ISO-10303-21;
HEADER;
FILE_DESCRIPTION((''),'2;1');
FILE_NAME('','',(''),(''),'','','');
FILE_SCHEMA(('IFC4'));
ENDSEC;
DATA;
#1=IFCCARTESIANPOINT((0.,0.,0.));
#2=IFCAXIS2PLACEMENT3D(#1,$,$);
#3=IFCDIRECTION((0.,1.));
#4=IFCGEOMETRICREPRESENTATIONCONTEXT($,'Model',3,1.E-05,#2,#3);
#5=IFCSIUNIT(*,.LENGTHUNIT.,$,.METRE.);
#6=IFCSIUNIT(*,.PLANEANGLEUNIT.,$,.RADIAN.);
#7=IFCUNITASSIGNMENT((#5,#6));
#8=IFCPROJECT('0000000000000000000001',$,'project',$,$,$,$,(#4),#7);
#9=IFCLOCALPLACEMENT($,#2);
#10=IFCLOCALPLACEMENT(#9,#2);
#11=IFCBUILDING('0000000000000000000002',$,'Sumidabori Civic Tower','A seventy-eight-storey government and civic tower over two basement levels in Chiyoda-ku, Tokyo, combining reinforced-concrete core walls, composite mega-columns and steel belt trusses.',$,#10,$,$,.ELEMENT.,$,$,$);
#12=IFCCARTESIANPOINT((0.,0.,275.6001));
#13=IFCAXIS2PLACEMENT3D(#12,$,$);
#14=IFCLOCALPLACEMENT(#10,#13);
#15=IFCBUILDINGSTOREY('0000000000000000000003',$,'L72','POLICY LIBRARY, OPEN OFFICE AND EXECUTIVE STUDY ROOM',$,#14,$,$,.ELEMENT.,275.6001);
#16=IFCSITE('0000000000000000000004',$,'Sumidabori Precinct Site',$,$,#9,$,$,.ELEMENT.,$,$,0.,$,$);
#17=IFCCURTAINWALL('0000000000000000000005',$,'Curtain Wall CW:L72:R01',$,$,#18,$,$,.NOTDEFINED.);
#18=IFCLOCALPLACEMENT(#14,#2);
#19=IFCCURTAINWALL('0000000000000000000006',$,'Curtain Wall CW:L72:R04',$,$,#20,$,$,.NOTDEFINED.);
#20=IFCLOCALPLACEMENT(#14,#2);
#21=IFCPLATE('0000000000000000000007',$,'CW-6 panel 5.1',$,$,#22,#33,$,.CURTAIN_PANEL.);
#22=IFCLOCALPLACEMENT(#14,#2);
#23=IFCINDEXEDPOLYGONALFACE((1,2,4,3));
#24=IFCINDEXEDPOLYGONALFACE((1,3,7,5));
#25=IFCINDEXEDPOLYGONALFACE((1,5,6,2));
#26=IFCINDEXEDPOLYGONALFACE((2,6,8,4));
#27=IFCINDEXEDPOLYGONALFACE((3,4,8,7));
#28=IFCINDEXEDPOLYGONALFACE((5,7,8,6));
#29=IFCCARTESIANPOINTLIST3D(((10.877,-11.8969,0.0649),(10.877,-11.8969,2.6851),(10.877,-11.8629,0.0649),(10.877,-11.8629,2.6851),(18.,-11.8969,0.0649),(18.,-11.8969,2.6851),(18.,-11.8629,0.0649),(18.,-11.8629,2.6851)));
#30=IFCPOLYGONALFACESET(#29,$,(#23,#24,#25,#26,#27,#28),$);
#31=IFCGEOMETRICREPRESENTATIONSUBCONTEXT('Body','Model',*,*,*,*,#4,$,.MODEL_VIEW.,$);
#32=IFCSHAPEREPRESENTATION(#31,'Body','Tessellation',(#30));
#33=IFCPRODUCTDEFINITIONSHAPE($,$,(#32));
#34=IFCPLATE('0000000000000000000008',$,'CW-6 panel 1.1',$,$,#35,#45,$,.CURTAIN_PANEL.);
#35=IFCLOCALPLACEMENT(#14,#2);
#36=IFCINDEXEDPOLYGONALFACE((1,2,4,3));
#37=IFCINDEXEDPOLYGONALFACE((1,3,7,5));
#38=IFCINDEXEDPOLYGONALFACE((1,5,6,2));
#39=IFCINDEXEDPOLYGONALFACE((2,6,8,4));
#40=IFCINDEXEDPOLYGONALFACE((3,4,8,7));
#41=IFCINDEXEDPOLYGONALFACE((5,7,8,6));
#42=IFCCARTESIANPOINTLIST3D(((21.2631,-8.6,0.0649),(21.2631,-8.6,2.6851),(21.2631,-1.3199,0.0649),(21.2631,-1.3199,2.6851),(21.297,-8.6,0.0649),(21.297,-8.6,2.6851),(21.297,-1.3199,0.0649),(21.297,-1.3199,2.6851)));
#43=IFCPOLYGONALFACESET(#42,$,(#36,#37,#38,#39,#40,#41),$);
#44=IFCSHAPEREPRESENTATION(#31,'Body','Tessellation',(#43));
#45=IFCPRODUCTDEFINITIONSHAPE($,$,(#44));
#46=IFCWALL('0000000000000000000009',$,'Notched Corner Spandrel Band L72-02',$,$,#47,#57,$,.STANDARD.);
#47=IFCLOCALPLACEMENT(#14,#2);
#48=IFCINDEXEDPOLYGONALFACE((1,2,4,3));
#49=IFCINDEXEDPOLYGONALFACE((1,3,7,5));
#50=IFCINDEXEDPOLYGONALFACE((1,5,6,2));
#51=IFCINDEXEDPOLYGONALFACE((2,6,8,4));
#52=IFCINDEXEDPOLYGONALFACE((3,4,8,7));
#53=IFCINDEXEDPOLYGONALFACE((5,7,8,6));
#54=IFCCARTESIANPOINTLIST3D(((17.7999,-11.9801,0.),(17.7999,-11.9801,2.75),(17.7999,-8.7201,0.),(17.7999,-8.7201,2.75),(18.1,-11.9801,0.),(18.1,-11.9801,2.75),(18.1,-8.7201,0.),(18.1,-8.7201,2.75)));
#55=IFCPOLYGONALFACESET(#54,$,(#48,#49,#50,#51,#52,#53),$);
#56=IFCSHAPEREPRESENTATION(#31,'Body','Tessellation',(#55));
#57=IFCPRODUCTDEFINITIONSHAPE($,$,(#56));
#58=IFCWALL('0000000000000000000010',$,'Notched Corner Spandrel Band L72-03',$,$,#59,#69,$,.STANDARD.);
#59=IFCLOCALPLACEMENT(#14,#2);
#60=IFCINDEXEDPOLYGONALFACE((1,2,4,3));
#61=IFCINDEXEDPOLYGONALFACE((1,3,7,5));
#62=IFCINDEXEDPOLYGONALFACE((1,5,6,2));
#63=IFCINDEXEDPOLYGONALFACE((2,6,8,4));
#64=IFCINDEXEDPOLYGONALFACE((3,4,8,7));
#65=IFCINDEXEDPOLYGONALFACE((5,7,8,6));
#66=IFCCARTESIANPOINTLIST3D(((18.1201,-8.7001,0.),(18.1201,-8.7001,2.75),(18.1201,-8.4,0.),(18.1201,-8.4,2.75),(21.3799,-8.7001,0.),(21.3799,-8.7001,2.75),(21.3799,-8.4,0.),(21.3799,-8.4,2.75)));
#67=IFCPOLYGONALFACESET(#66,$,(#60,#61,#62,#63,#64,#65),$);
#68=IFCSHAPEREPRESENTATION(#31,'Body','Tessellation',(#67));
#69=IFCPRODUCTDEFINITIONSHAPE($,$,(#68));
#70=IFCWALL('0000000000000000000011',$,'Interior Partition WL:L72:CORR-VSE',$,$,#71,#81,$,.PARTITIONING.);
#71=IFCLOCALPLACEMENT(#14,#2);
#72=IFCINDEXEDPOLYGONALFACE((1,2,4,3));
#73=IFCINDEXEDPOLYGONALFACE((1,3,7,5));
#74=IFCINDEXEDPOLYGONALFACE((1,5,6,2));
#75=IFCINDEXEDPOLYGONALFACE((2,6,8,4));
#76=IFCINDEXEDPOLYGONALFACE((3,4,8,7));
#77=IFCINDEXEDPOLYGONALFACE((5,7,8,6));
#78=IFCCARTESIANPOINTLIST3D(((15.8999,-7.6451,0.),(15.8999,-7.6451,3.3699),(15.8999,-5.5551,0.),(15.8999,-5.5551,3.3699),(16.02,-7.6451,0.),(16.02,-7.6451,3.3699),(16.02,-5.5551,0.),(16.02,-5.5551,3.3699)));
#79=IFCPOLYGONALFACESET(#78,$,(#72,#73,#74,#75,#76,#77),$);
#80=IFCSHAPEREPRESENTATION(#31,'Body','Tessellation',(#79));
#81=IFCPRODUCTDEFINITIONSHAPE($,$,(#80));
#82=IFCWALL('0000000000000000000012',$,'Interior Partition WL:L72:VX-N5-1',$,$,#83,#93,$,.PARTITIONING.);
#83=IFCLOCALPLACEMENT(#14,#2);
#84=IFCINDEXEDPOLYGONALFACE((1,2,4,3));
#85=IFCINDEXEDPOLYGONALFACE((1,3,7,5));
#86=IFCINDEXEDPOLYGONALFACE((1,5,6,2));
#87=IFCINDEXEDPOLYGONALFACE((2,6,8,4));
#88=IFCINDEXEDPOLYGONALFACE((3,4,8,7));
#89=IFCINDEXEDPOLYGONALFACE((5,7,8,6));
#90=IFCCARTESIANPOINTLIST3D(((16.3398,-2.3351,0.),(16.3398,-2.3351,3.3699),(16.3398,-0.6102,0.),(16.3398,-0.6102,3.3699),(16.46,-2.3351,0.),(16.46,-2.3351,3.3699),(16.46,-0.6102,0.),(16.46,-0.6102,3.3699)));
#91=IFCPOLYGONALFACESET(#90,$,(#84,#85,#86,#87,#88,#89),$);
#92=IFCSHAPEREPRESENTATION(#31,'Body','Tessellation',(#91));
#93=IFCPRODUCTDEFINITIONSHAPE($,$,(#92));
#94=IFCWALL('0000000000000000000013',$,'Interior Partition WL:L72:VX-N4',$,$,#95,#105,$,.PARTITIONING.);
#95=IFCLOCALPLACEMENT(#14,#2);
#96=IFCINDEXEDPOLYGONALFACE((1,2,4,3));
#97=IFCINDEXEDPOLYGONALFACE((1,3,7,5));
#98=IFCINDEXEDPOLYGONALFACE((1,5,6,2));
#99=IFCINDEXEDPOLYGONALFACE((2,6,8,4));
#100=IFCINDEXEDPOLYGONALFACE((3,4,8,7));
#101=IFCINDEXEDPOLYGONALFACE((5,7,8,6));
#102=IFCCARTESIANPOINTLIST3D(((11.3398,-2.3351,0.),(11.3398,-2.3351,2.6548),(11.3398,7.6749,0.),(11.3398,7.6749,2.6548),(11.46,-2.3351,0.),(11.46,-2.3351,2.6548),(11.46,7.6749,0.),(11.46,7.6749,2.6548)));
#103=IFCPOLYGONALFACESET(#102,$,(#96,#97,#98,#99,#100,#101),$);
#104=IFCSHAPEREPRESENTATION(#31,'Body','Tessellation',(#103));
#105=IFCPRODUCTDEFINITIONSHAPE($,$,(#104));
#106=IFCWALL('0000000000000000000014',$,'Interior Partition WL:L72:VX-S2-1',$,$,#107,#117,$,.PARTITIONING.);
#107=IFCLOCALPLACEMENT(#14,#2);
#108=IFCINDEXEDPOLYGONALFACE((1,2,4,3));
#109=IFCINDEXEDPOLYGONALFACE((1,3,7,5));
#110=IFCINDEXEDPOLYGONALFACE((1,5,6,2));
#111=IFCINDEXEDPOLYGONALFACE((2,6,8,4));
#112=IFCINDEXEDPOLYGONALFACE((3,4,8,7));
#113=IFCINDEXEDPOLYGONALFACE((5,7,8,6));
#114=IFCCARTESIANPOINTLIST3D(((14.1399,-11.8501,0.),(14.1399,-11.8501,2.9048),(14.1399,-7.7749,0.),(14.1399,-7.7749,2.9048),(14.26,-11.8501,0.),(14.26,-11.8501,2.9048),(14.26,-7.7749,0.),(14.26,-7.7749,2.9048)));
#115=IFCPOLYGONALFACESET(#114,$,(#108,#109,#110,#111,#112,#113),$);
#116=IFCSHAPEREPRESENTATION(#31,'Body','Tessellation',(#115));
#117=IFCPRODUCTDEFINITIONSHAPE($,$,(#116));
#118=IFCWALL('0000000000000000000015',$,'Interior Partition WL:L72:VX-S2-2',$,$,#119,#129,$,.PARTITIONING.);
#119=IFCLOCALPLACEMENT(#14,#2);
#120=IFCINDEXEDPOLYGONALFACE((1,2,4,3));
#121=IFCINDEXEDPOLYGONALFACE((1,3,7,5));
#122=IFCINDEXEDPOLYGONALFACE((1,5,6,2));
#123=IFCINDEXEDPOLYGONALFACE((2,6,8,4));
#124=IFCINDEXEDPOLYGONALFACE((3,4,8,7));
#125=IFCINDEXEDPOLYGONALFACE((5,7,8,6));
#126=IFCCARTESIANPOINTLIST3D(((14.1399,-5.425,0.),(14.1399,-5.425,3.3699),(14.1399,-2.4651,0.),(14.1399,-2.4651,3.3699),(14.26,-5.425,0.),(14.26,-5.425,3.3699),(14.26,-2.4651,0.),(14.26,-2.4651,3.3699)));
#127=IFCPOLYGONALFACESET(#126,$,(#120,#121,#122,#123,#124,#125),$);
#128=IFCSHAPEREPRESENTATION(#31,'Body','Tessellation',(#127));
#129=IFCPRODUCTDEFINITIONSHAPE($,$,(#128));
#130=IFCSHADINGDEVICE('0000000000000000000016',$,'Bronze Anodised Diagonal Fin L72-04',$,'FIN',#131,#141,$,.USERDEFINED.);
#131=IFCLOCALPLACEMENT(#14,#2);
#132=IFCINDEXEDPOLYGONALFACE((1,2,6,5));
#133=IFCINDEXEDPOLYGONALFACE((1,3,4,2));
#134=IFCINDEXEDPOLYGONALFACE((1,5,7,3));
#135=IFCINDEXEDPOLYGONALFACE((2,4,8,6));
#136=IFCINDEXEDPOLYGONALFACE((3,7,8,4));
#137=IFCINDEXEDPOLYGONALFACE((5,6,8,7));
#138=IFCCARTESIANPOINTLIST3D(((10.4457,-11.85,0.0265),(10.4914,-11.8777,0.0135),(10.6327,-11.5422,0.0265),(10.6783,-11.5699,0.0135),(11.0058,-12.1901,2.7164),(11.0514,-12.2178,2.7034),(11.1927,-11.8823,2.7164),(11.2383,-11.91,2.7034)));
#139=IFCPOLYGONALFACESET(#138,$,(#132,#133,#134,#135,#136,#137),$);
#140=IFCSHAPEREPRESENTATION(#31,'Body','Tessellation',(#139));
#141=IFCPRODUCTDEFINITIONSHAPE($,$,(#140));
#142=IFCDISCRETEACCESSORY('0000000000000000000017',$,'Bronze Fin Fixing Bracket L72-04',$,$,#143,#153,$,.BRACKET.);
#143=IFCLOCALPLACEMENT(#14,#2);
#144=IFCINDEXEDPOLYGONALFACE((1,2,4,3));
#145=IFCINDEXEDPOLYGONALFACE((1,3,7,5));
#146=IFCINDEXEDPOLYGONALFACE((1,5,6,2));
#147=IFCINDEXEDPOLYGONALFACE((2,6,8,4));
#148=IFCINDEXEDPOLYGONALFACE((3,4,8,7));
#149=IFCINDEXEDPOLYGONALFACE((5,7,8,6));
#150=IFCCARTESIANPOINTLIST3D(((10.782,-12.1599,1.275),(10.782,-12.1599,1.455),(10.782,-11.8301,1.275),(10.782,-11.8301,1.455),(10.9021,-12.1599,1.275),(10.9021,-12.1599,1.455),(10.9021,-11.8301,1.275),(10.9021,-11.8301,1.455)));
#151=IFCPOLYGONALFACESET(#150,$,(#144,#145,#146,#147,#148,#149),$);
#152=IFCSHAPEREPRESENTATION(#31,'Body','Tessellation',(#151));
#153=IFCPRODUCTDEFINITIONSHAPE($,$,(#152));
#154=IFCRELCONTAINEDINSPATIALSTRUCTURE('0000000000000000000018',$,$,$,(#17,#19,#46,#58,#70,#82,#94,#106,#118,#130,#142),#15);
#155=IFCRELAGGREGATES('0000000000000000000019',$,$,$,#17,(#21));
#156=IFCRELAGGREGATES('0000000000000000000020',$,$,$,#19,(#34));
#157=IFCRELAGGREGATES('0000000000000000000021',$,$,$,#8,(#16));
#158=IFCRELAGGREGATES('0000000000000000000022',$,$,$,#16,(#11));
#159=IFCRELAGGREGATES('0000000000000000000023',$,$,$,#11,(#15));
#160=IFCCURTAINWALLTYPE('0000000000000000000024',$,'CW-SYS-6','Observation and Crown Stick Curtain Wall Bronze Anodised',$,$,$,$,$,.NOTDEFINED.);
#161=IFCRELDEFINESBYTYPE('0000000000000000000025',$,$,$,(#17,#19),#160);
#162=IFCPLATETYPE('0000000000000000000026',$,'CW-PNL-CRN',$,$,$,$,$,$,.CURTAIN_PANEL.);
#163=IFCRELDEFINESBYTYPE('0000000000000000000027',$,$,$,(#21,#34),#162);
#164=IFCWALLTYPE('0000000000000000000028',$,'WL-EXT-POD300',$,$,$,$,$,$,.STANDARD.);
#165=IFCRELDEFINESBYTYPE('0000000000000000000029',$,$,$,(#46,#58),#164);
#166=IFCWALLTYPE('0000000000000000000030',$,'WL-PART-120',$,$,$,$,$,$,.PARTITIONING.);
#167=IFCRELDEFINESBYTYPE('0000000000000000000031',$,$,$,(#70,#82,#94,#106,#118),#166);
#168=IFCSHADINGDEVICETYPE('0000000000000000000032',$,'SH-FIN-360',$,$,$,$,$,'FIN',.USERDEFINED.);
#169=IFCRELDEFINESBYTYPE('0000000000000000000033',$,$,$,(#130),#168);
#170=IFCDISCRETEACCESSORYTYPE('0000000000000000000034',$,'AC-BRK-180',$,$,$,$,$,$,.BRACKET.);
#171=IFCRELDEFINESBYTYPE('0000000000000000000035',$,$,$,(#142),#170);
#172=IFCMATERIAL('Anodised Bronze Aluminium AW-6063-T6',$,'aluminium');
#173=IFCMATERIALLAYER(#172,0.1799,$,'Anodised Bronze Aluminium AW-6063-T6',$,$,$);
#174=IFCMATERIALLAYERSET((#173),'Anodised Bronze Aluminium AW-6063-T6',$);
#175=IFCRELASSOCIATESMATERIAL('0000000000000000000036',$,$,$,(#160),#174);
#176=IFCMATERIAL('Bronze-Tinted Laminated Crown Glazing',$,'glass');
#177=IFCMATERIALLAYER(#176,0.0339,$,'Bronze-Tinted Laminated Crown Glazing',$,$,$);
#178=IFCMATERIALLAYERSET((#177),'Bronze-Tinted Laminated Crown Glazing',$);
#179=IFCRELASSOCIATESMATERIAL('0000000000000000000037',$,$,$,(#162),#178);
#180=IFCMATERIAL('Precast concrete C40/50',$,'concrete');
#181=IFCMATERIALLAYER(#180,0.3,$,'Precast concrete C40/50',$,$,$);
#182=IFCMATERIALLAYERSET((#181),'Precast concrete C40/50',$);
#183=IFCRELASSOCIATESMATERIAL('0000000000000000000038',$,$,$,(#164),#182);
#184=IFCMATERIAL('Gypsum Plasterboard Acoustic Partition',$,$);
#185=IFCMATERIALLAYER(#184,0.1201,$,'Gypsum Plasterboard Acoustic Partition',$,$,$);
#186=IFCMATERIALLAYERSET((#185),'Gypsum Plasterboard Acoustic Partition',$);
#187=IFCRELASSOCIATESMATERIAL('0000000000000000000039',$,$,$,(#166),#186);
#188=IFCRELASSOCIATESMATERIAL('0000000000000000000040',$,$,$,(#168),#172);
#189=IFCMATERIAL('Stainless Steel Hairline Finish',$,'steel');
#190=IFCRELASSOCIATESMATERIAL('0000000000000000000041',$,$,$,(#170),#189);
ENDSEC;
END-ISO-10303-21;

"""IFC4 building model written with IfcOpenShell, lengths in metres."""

from ifc_helpers import new_model, si_unit, direction, frame, frame_2d, origin, origin_2d, place, context, subcontext, project, spatial, rectangle, extrude, source, transform, mapped, material, layer, layer_set, material_profile, profile_set, type_object, element, aggregate, save


model = new_model("IFC4")

# Units and contexts
model_context = context("Model", 3, precision=1e-05, world=origin(), true_north=direction((0.0, 1.0)))
body_context = subcontext(model_context, "Body", "Model", "MODEL_VIEW")
ifc_project = project(units=[si_unit("LENGTHUNIT", "METRE"), si_unit("PLANEANGLEUNIT", "RADIAN")], contexts=[model_context])

# Site, building, storey
site_placement = place(None, origin())
site = spatial("IfcSite", under=ifc_project, at=site_placement, Name="Sumidabori Precinct Site", CompositionType="ELEMENT", RefElevation=0.0)
building_placement = place(site_placement, origin())
building = spatial("IfcBuilding", under=site, at=building_placement, Name="Sumidabori Civic Tower", Description="A seventy-eight-storey government and civic tower over two basement levels in Chiyoda-ku, Tokyo, combining reinforced-concrete core walls, composite mega-columns and steel belt trusses.", CompositionType="ELEMENT")
storey_placement = place(building_placement, frame((0.0, 0.0, 275.6001)))
storey = spatial("IfcBuildingStorey", under=building, at=storey_placement, Name="L72", Description="POLICY LIBRARY, OPEN OFFICE AND EXECUTIVE STUDY ROOM", CompositionType="ELEMENT", Elevation=275.6001)

# Curtain walls
ifc_material_1 = material(Name="Anodised Bronze Aluminium AW-6063-T6", Category="aluminium")
ifc_layer_1 = layer(ifc_material_1, 0.1799, Name="Anodised Bronze Aluminium AW-6063-T6")
ifc_layer_set_1 = layer_set([ifc_layer_1], Name="Anodised Bronze Aluminium AW-6063-T6")
curtain_wall_type = type_object("IfcCurtainWallType", Name="CW-SYS-6", Description="Observation and Crown Stick Curtain Wall Bronze Anodised", PredefinedType="NOTDEFINED", material=ifc_layer_set_1)
curtain_wall_1_placement = place(storey_placement, origin())
curtain_wall_1 = element("IfcCurtainWall", 1, at=curtain_wall_1_placement, inside=storey, type_object=curtain_wall_type, Name="Curtain Wall CW:L72:R01", PredefinedType="NOTDEFINED")
curtain_wall_2_placement = place(storey_placement, origin())
curtain_wall_2 = element("IfcCurtainWall", 2, at=curtain_wall_2_placement, inside=storey, type_object=curtain_wall_type, Name="Curtain Wall CW:L72:R04", PredefinedType="NOTDEFINED")

# Plates
ifc_material_2 = material(Name="Bronze-Tinted Laminated Crown Glazing", Category="glass")
ifc_layer_2 = layer(ifc_material_2, 0.0339, Name="Bronze-Tinted Laminated Crown Glazing")
ifc_layer_set_2 = layer_set([ifc_layer_2], Name="Bronze-Tinted Laminated Crown Glazing")
plate_type = type_object("IfcPlateType", Name="CW-PNL-CRN", PredefinedType="CURTAIN_PANEL", material=ifc_layer_set_2)
shared_shape_1 = source(origin(), body_context, "Body", "SweptSolid", [
    extrude(rectangle(XDim=7.123, YDim=0.0339, at=origin_2d()), origin(), (0.0, 0.0, 1.0), 2.6201),
])
plate_1_placement = place(storey_placement, frame((14.4385, -11.8799, 0.0649), z_axis=(0.0, 0.0, 1.0), x_axis=(1.0, 0.0, 0.0)))
plate_1 = element("IfcPlate", 3, at=plate_1_placement, type_object=plate_type, Name="CW-6 panel 5.1", PredefinedType="CURTAIN_PANEL", context=body_context, shape_type="MappedRepresentation", body=[
    mapped(shared_shape_1, transform((0.0, 0.0, 0.0), x_axis=(1.0, 0.0, 0.0), y_axis=(0.0, 1.0, 0.0), z_axis=(0.0, 0.0, 1.0), scale=1.0)),
])
aggregate(curtain_wall_1, [plate_1])
shared_shape_2 = source(origin(), body_context, "Body", "SweptSolid", [
    extrude(rectangle(XDim=7.28, YDim=0.0339, at=origin_2d()), origin(), (0.0, 0.0, 1.0), 2.6201),
])
plate_2_placement = place(storey_placement, frame((21.28, -4.96, 0.0649), z_axis=(0.0, 0.0, 1.0), x_axis=(0.0, 1.0, 0.0)))
plate_2 = element("IfcPlate", 4, at=plate_2_placement, type_object=plate_type, Name="CW-6 panel 1.1", PredefinedType="CURTAIN_PANEL", context=body_context, shape_type="MappedRepresentation", body=[
    mapped(shared_shape_2, transform((0.0, 0.0, 0.0), x_axis=(1.0, 0.0, 0.0), y_axis=(0.0, 1.0, 0.0), z_axis=(0.0, 0.0, 1.0), scale=1.0)),
])
aggregate(curtain_wall_2, [plate_2])

# Walls
ifc_material_3 = material(Name="Precast concrete C40/50", Category="concrete")
ifc_layer_3 = layer(ifc_material_3, 0.3, Name="Precast concrete C40/50")
ifc_layer_set_3 = layer_set([ifc_layer_3], Name="Precast concrete C40/50")
wall_type_1 = type_object("IfcWallType", Name="WL-EXT-POD300", PredefinedType="STANDARD", material=ifc_layer_set_3)
shared_shape_3 = source(origin(), body_context, "Body", "SweptSolid", [
    extrude(rectangle(XDim=3.26, YDim=0.3, at=frame_2d((1.6299, 0.0))), origin(), (0.0, 0.0, 1.0), 2.75),
])
wall_1_placement = place(storey_placement, frame((17.95, -11.98, 0.0), z_axis=(0.0, 0.0, 1.0), x_axis=(0.0, 1.0, 0.0)))
element("IfcWall", 5, at=wall_1_placement, inside=storey, type_object=wall_type_1, Name="Notched Corner Spandrel Band L72-02", PredefinedType="STANDARD", context=body_context, shape_type="MappedRepresentation", body=[
    mapped(shared_shape_3, transform((0.0, 0.0, 0.0), x_axis=(1.0, 0.0, 0.0), y_axis=(0.0, 1.0, 0.0), z_axis=(0.0, 0.0, 1.0), scale=1.0)),
])
shared_shape_4 = source(origin(), body_context, "Body", "SweptSolid", [
    extrude(rectangle(XDim=3.2598, YDim=0.3, at=frame_2d((1.6299, 0.0))), origin(), (0.0, 0.0, 1.0), 2.75),
])
wall_2_placement = place(storey_placement, frame((18.1201, -8.55, 0.0), z_axis=(0.0, 0.0, 1.0), x_axis=(1.0, 0.0, 0.0)))
element("IfcWall", 6, at=wall_2_placement, inside=storey, type_object=wall_type_1, Name="Notched Corner Spandrel Band L72-03", PredefinedType="STANDARD", context=body_context, shape_type="MappedRepresentation", body=[
    mapped(shared_shape_4, transform((0.0, 0.0, 0.0), x_axis=(1.0, 0.0, 0.0), y_axis=(0.0, 1.0, 0.0), z_axis=(0.0, 0.0, 1.0), scale=1.0)),
])
ifc_material_4 = material(Name="Gypsum Plasterboard Acoustic Partition")
ifc_layer_4 = layer(ifc_material_4, 0.1201, Name="Gypsum Plasterboard Acoustic Partition")
ifc_layer_set_4 = layer_set([ifc_layer_4], Name="Gypsum Plasterboard Acoustic Partition")
wall_type_2 = type_object("IfcWallType", Name="WL-PART-120", PredefinedType="PARTITIONING", material=ifc_layer_set_4)
shared_shape_5 = source(origin(), body_context, "Body", "SweptSolid", [
    extrude(rectangle(XDim=2.0901, YDim=0.1201, at=frame_2d((1.0449, 0.0))), origin(), (0.0, 0.0, 1.0), 3.3699),
])
wall_3_placement = place(storey_placement, frame((15.96, -7.645, 0.0), z_axis=(0.0, 0.0, 1.0), x_axis=(0.0, 1.0, 0.0)))
element("IfcWall", 7, at=wall_3_placement, inside=storey, type_object=wall_type_2, Name="Interior Partition WL:L72:CORR-VSE", PredefinedType="PARTITIONING", context=body_context, shape_type="MappedRepresentation", body=[
    mapped(shared_shape_5, transform((0.0, 0.0, 0.0), x_axis=(1.0, 0.0, 0.0), y_axis=(0.0, 1.0, 0.0), z_axis=(0.0, 0.0, 1.0), scale=1.0)),
])
shared_shape_6 = source(origin(), body_context, "Body", "SweptSolid", [
    extrude(rectangle(XDim=1.7249, YDim=0.1201, at=frame_2d((0.8623, 0.0))), origin(), (0.0, 0.0, 1.0), 3.3699),
])
wall_4_placement = place(storey_placement, frame((16.3999, -2.335, 0.0), z_axis=(0.0, 0.0, 1.0), x_axis=(0.0, 1.0, 0.0)))
element("IfcWall", 8, at=wall_4_placement, inside=storey, type_object=wall_type_2, Name="Interior Partition WL:L72:VX-N5-1", PredefinedType="PARTITIONING", context=body_context, shape_type="MappedRepresentation", body=[
    mapped(shared_shape_6, transform((0.0, 0.0, 0.0), x_axis=(1.0, 0.0, 0.0), y_axis=(0.0, 1.0, 0.0), z_axis=(0.0, 0.0, 1.0), scale=1.0)),
])
shared_shape_7 = source(origin(), body_context, "Body", "SweptSolid", [
    extrude(rectangle(XDim=10.01, YDim=0.1201, at=frame_2d((5.0049, 0.0))), origin(), (0.0, 0.0, 1.0), 2.6548),
])
wall_5_placement = place(storey_placement, frame((11.3999, -2.335, 0.0), z_axis=(0.0, 0.0, 1.0), x_axis=(0.0, 1.0, 0.0)))
element("IfcWall", 9, at=wall_5_placement, inside=storey, type_object=wall_type_2, Name="Interior Partition WL:L72:VX-N4", PredefinedType="PARTITIONING", context=body_context, shape_type="MappedRepresentation", body=[
    mapped(shared_shape_7, transform((0.0, 0.0, 0.0), x_axis=(1.0, 0.0, 0.0), y_axis=(0.0, 1.0, 0.0), z_axis=(0.0, 0.0, 1.0), scale=1.0)),
])
shared_shape_8 = source(origin(), body_context, "Body", "SweptSolid", [
    extrude(rectangle(XDim=4.0752, YDim=0.1201, at=frame_2d((2.0376, 0.0))), origin(), (0.0, 0.0, 1.0), 2.9048),
])
wall_6_placement = place(storey_placement, frame((14.2, -11.8501, 0.0), z_axis=(0.0, 0.0, 1.0), x_axis=(0.0, 1.0, 0.0)))
element("IfcWall", 10, at=wall_6_placement, inside=storey, type_object=wall_type_2, Name="Interior Partition WL:L72:VX-S2-1", PredefinedType="PARTITIONING", context=body_context, shape_type="MappedRepresentation", body=[
    mapped(shared_shape_8, transform((0.0, 0.0, 0.0), x_axis=(1.0, 0.0, 0.0), y_axis=(0.0, 1.0, 0.0), z_axis=(0.0, 0.0, 1.0), scale=1.0)),
])
shared_shape_9 = source(origin(), body_context, "Body", "SweptSolid", [
    extrude(rectangle(XDim=2.96, YDim=0.1201, at=frame_2d((1.48, 0.0))), origin(), (0.0, 0.0, 1.0), 3.3699),
])
wall_7_placement = place(storey_placement, frame((14.2, -5.425, 0.0), z_axis=(0.0, 0.0, 1.0), x_axis=(0.0, 1.0, 0.0)))
element("IfcWall", 11, at=wall_7_placement, inside=storey, type_object=wall_type_2, Name="Interior Partition WL:L72:VX-S2-2", PredefinedType="PARTITIONING", context=body_context, shape_type="MappedRepresentation", body=[
    mapped(shared_shape_9, transform((0.0, 0.0, 0.0), x_axis=(1.0, 0.0, 0.0), y_axis=(0.0, 1.0, 0.0), z_axis=(0.0, 0.0, 1.0), scale=1.0)),
])

# Shading device
ifc_material_profile_1 = material_profile(ifc_material_1, rectangle(XDim=0.0549, YDim=0.3601, at=origin_2d()), Name="BRONZE FIN 360x55")
ifc_profile_set_1 = profile_set([ifc_material_profile_1], Name="Anodised Bronze Aluminium AW-6063-T6")
shading_device_type = type_object("IfcShadingDeviceType", Name="SH-FIN-360", ElementType="FIN", PredefinedType="USERDEFINED", material=ifc_profile_set_1)
shared_shape_10 = source(origin(), body_context, "Body", "SweptSolid", [
    extrude(rectangle(XDim=0.0549, YDim=0.3601, at=origin_2d()), origin(), (0.0, 0.0, 1.0), 2.7686),
])
shading_device_placement = place(storey_placement, frame((10.562, -11.71, 0.02), z_axis=(0.20229, -0.122838, 0.971591), x_axis=(0.83047, -0.504291, -0.236665)))
element("IfcShadingDevice", 12, at=shading_device_placement, inside=storey, type_object=shading_device_type, Name="Bronze Anodised Diagonal Fin L72-04", ObjectType="FIN", PredefinedType="USERDEFINED", context=body_context, shape_type="MappedRepresentation", body=[
    mapped(shared_shape_10, transform((0.0, 0.0, 0.0), x_axis=(1.0, 0.0, 0.0), y_axis=(0.0, 1.0, 0.0), z_axis=(0.0, 0.0, 1.0), scale=1.0)),
])

# Discrete accessory
ifc_material_5 = material(Name="Stainless Steel Hairline Finish", Category="steel")
ifc_material_profile_2 = material_profile(ifc_material_5, rectangle(XDim=0.1201, YDim=0.1799, at=origin_2d()), Name="STEEL BRACKET 180x120")
ifc_profile_set_2 = profile_set([ifc_material_profile_2], Name="Stainless Steel Hairline Finish")
discrete_accessory_type = type_object("IfcDiscreteAccessoryType", Name="AC-BRK-180", PredefinedType="BRACKET", material=ifc_profile_set_2)
shared_shape_11 = source(origin(), body_context, "Body", "SweptSolid", [
    extrude(rectangle(XDim=0.1201, YDim=0.1799, at=origin_2d()), origin(), (0.0, 0.0, 1.0), 0.3298),
])
discrete_accessory_placement = place(storey_placement, frame((10.842, -11.8301, 1.365), z_axis=(0.0, -1.0, 0.0), x_axis=(1.0, 0.0, 0.0)))
element("IfcDiscreteAccessory", 13, at=discrete_accessory_placement, inside=storey, type_object=discrete_accessory_type, Name="Bronze Fin Fixing Bracket L72-04", PredefinedType="BRACKET", context=body_context, shape_type="MappedRepresentation", body=[
    mapped(shared_shape_11, transform((0.0, 0.0, 0.0), x_axis=(1.0, 0.0, 0.0), y_axis=(0.0, 1.0, 0.0), z_axis=(0.0, 0.0, 1.0), scale=1.0)),
])

save(model, "model.ifc")
